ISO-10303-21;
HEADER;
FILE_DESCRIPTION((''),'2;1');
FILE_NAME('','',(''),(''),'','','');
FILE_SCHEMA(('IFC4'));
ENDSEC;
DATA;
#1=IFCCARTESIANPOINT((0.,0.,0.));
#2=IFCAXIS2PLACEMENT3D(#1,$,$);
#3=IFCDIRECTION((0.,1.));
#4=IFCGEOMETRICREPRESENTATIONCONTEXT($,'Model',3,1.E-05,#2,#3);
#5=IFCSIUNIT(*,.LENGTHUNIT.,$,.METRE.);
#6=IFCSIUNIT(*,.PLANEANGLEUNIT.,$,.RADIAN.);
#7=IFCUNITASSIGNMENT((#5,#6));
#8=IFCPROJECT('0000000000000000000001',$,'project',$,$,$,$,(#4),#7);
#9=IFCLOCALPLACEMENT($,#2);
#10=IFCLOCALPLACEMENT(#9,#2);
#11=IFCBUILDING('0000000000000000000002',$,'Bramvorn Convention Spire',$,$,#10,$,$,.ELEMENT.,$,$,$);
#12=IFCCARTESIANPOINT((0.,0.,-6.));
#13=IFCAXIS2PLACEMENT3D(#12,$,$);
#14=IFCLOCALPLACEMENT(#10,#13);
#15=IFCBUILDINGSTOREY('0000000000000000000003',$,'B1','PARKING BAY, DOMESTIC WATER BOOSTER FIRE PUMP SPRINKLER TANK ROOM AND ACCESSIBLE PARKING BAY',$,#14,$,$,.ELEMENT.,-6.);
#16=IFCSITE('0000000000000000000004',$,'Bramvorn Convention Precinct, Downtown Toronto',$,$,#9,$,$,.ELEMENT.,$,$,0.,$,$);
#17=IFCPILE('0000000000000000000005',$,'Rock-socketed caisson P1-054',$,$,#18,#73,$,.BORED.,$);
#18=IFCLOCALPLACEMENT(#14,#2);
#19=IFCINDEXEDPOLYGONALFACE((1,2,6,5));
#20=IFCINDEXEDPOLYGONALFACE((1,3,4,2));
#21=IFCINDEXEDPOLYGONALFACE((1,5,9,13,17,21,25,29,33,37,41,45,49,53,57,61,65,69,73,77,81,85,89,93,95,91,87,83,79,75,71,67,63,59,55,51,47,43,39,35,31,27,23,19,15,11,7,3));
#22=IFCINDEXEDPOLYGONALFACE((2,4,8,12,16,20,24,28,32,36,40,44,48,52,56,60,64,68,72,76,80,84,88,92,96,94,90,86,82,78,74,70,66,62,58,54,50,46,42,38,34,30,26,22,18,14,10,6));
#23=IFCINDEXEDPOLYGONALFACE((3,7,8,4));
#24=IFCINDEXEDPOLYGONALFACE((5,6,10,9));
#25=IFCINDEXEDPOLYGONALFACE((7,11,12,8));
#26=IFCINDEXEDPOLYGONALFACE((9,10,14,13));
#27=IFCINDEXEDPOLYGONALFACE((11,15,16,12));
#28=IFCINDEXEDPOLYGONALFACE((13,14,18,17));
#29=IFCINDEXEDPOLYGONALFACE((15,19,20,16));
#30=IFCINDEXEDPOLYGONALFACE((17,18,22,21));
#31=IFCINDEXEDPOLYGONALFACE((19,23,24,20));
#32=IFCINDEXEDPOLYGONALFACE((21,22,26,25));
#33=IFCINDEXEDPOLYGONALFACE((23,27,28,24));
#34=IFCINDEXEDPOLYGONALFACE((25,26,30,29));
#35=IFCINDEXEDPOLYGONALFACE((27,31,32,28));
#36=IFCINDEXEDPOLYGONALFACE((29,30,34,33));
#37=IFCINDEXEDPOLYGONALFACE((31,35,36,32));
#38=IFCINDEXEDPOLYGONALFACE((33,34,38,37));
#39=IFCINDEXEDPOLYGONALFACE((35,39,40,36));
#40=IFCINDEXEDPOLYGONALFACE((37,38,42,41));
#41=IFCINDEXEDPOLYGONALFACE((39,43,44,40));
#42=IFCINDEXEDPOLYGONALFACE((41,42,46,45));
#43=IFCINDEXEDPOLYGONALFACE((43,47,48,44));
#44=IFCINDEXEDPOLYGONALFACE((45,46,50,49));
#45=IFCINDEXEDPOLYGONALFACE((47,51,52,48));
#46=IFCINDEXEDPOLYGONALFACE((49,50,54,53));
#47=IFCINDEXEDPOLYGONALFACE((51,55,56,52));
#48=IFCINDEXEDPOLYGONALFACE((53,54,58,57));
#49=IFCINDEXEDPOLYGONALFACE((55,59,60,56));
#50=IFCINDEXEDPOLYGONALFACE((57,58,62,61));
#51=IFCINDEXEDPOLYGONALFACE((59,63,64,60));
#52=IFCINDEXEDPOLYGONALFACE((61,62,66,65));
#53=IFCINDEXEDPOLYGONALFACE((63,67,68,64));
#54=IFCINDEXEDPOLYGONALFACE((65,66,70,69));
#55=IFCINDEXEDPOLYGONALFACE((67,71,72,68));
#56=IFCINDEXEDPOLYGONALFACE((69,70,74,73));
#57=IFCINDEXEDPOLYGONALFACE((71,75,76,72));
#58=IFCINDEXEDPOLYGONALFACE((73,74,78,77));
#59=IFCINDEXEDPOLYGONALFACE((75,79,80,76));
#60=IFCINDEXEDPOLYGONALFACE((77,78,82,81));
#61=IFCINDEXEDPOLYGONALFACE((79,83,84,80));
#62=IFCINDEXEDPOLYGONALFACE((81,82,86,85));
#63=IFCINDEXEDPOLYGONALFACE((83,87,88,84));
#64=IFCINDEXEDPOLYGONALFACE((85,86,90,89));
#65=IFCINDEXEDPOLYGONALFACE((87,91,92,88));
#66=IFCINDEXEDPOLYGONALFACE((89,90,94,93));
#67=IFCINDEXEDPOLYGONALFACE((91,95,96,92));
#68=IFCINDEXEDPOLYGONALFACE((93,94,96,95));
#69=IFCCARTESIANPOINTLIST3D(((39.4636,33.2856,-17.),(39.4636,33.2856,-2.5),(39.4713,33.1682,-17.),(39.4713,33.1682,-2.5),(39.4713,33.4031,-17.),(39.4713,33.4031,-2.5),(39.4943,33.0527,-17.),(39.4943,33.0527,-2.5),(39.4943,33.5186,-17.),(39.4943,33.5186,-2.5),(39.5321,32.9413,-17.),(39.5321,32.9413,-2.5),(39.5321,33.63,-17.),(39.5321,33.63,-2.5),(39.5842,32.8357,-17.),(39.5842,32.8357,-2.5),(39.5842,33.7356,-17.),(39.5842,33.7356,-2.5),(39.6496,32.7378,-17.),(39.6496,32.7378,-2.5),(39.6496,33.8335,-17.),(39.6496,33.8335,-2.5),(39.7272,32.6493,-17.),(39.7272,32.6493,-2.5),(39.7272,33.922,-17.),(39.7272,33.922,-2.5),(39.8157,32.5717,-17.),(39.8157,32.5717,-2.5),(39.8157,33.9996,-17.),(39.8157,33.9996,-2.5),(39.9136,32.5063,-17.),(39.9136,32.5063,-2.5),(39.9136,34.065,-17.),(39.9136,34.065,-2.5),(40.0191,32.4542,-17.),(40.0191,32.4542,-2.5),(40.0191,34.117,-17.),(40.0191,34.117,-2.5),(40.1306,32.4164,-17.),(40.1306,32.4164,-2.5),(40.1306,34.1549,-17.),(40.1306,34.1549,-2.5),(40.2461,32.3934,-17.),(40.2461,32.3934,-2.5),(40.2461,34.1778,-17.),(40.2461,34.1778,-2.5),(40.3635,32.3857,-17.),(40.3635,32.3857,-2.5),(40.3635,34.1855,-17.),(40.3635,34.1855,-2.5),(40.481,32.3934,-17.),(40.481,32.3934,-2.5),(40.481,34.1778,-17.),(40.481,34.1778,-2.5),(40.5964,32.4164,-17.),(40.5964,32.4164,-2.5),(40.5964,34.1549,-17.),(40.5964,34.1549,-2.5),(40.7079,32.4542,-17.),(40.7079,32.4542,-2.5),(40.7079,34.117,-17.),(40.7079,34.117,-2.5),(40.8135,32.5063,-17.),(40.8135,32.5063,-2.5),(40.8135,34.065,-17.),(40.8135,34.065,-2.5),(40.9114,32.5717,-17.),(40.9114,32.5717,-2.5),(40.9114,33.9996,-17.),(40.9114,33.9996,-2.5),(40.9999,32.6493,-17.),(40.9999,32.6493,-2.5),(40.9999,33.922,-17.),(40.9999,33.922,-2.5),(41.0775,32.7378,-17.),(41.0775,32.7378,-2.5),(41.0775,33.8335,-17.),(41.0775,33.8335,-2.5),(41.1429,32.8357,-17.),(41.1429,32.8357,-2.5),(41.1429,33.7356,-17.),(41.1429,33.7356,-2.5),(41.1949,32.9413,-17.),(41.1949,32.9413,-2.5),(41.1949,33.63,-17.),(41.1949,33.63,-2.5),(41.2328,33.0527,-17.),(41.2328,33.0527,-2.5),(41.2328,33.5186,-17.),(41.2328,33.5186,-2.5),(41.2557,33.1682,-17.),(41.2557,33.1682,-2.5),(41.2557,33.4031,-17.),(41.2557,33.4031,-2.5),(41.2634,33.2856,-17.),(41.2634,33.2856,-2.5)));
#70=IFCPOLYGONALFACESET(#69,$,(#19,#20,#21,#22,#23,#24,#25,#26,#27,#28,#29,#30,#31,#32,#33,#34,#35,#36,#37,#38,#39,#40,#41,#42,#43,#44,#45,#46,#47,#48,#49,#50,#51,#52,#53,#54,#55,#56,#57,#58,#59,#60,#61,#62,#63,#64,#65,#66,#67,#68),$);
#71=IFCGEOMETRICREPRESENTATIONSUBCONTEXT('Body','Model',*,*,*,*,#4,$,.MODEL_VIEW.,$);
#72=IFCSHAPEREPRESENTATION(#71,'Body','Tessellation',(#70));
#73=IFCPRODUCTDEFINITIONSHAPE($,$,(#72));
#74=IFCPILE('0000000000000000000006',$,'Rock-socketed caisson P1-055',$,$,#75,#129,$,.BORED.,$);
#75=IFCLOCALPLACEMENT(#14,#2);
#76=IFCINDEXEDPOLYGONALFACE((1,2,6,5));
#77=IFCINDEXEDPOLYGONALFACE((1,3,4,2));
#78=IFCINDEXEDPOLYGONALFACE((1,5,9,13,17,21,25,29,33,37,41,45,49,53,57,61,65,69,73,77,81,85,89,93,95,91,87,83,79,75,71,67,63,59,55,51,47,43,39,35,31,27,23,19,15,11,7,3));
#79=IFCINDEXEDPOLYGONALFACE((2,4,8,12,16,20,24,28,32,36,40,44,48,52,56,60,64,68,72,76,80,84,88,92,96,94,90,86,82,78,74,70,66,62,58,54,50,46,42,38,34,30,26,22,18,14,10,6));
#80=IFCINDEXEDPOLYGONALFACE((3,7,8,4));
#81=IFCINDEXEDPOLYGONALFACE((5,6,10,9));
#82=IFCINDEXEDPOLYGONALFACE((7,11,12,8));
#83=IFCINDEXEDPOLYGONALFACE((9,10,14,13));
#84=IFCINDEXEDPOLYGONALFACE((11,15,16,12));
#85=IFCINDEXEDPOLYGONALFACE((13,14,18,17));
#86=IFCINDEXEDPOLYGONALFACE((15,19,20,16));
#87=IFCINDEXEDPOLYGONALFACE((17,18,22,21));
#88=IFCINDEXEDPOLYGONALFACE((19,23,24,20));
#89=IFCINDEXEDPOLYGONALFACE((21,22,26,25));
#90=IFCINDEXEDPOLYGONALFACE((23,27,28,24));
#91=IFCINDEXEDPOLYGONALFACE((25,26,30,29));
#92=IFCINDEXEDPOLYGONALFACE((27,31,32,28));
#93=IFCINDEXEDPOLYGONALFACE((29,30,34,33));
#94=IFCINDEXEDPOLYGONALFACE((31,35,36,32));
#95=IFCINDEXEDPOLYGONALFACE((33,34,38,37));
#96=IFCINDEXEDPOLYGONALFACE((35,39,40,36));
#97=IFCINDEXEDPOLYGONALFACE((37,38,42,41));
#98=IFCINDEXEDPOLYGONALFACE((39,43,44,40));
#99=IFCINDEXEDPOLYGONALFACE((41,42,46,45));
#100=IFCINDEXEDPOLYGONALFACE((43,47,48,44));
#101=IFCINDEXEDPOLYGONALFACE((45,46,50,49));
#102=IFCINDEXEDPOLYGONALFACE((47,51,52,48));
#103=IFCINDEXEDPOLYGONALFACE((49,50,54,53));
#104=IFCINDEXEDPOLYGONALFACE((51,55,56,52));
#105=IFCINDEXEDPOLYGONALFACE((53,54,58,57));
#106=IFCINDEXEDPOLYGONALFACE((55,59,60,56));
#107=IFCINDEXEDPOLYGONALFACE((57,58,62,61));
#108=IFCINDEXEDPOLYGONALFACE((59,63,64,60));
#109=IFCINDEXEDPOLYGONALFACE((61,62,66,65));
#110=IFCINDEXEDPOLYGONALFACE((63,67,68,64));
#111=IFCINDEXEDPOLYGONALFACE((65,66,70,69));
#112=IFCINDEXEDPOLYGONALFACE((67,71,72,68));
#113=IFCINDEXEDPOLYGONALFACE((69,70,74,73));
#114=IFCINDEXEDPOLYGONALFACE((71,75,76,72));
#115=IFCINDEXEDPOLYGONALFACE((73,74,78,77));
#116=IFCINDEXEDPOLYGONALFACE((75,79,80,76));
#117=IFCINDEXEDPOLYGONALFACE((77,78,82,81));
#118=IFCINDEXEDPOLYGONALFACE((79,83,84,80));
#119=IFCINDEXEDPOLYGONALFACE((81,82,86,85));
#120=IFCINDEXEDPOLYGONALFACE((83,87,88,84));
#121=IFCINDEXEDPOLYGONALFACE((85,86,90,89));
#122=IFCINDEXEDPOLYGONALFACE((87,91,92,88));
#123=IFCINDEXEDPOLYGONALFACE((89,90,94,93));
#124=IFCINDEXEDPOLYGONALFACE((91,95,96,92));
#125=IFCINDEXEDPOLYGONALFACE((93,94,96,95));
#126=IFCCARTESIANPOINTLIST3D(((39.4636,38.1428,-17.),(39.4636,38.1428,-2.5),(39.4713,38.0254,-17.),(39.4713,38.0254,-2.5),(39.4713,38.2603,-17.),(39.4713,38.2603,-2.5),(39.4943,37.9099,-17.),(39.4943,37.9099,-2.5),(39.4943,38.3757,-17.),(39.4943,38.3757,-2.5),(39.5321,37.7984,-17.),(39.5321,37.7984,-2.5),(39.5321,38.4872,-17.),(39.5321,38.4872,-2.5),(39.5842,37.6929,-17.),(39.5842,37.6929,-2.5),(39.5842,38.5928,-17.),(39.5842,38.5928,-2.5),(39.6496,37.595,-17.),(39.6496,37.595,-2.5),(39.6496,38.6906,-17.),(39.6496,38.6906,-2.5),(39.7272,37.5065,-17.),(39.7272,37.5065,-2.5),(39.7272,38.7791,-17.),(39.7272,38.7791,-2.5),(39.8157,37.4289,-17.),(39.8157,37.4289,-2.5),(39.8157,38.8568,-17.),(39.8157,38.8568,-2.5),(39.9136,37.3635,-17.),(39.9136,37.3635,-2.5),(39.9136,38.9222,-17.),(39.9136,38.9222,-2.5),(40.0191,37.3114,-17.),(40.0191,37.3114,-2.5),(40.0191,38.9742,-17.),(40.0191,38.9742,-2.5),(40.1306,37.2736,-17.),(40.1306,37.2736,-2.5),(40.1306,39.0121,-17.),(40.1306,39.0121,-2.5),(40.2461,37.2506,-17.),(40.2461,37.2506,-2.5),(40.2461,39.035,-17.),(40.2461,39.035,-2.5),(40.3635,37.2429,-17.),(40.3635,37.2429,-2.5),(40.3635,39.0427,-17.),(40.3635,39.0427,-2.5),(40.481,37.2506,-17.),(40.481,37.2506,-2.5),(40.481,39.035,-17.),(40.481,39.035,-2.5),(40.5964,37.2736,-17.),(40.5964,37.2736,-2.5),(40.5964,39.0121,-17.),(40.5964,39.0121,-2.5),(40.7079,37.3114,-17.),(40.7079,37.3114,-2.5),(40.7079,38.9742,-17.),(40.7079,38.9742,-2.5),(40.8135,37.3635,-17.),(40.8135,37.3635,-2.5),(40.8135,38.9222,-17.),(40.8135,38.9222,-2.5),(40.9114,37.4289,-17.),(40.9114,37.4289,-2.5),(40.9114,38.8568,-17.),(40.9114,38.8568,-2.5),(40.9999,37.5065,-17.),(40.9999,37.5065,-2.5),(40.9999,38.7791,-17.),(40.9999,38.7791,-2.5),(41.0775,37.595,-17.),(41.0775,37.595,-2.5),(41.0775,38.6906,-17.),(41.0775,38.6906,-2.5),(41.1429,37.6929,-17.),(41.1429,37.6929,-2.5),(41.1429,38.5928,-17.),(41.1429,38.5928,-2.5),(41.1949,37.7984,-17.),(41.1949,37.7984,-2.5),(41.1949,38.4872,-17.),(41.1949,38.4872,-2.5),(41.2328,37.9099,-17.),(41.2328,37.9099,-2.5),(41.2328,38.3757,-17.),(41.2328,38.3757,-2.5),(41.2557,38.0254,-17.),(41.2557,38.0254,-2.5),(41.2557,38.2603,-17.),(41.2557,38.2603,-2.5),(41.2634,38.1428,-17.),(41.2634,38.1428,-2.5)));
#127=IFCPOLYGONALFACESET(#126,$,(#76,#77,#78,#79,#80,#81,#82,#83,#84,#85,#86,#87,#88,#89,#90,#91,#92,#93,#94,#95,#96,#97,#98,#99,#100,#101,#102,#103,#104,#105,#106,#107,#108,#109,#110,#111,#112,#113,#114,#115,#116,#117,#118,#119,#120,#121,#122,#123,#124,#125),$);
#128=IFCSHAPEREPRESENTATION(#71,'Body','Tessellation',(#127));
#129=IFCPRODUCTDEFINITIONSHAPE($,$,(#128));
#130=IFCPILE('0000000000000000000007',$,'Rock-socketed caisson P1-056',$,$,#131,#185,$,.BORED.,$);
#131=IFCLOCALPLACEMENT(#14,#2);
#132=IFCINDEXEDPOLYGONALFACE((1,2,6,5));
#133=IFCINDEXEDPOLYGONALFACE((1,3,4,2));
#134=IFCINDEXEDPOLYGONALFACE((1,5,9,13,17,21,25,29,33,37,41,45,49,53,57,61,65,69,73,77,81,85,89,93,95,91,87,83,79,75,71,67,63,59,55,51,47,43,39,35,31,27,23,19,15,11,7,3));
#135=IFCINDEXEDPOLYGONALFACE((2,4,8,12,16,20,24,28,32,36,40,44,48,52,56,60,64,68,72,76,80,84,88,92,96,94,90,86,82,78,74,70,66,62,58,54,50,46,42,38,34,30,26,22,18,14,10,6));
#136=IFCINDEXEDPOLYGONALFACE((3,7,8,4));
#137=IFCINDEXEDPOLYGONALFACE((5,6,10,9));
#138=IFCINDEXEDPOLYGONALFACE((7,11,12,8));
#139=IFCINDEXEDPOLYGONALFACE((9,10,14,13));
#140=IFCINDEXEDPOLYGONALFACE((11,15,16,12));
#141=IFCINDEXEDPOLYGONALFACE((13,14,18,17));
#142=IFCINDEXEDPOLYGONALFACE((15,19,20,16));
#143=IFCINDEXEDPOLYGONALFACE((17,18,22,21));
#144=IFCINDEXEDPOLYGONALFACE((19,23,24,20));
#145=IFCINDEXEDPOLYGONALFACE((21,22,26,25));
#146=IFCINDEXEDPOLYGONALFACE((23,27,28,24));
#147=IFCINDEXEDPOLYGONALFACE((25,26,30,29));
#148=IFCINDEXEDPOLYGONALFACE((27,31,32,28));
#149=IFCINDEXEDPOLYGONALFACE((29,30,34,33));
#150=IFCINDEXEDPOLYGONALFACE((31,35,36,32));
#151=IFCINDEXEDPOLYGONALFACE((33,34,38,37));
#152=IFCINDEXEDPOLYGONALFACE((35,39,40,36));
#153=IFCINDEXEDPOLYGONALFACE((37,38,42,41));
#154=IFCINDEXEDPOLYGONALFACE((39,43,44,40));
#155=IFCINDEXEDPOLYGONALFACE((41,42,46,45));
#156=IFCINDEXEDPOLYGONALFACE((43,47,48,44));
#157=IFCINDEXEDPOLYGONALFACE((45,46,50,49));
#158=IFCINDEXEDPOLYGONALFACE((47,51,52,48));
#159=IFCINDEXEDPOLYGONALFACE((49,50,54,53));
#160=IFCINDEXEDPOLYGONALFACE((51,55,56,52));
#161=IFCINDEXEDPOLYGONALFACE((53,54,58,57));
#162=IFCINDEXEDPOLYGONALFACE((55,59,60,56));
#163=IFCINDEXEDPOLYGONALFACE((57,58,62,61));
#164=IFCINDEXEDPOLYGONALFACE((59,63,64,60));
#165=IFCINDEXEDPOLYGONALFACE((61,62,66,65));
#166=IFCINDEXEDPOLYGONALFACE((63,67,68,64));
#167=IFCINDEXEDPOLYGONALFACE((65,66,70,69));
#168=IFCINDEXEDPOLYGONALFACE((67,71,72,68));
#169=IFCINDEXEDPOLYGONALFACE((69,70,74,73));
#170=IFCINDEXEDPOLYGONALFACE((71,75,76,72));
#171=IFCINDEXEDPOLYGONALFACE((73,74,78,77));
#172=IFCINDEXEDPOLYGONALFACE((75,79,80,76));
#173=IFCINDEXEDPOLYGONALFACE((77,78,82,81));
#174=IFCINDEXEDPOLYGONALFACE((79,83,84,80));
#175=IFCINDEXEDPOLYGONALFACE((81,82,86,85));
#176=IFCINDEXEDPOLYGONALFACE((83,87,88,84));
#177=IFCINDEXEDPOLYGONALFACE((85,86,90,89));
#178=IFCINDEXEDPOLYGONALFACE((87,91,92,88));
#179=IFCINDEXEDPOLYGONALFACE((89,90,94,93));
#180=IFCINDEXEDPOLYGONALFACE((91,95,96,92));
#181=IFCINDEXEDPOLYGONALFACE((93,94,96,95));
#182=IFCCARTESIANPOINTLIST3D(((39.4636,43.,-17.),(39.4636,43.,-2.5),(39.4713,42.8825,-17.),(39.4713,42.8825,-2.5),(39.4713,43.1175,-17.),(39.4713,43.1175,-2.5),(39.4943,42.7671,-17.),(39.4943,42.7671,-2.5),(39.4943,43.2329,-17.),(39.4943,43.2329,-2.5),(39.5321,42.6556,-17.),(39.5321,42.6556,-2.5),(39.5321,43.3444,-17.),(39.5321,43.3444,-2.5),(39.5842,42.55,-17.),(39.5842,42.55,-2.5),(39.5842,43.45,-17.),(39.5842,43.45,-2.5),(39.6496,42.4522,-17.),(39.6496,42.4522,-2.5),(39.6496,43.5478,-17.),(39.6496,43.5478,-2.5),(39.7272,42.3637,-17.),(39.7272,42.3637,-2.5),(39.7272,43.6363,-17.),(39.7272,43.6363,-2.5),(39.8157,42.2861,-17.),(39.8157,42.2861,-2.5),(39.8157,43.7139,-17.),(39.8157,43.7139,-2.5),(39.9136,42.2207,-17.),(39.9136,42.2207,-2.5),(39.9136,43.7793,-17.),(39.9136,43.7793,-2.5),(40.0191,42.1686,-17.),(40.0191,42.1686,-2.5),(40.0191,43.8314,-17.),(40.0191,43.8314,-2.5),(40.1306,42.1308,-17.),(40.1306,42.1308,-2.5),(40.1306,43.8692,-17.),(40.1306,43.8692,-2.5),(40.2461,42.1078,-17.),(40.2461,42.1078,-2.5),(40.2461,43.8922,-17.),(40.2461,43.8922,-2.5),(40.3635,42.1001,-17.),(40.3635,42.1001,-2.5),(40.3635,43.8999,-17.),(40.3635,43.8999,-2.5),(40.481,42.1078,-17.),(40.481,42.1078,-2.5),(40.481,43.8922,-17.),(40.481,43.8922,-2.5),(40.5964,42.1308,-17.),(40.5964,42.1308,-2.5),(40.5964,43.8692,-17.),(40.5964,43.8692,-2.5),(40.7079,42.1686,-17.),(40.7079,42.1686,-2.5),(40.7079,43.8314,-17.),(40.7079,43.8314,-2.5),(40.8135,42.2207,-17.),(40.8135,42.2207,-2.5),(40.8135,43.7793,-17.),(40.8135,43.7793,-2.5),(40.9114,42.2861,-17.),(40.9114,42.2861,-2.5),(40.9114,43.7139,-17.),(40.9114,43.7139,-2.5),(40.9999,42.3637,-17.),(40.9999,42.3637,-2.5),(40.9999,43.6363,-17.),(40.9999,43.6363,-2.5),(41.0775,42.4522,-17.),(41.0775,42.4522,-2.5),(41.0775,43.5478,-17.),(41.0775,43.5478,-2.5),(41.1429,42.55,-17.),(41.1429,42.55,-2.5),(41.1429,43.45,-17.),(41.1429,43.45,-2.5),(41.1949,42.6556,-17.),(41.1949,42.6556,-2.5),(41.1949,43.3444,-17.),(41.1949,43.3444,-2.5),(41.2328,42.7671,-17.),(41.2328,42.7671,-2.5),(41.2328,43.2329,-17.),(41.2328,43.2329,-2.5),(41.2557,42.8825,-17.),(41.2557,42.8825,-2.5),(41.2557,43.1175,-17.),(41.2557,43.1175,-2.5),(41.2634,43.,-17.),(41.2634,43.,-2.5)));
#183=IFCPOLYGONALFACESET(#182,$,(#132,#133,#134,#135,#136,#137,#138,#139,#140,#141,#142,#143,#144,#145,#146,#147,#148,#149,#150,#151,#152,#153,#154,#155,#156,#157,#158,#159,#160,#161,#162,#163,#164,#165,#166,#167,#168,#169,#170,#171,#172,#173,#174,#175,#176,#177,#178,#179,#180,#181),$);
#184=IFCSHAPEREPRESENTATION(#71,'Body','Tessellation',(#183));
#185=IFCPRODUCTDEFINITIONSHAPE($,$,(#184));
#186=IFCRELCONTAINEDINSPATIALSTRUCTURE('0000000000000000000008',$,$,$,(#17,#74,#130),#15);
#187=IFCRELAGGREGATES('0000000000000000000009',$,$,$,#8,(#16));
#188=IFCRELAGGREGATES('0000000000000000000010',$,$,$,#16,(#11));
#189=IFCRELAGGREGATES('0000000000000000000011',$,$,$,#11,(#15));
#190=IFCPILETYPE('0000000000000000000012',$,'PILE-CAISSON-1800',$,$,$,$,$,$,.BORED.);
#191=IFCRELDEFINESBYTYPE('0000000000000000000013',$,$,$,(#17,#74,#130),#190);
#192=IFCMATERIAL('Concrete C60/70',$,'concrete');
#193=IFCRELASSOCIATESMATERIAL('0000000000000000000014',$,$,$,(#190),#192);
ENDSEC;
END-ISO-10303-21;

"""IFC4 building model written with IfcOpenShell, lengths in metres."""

from ifc_helpers import new_model, si_unit, direction, frame, origin, origin_2d, place, context, subcontext, project, spatial, circle, extrude, material, material_profile, profile_set, type_object, element, save


model = new_model("IFC4")

# Units and contexts
model_context = context("Model", 3, precision=1e-05, world=origin(), true_north=direction((0.0, 1.0)))
body_context = subcontext(model_context, "Body", "Model", "MODEL_VIEW")
ifc_project = project(units=[si_unit("LENGTHUNIT", "METRE"), si_unit("PLANEANGLEUNIT", "RADIAN")], contexts=[model_context])

# Site, building, storey
site_placement = place(None, origin())
site = spatial("IfcSite", under=ifc_project, at=site_placement, Name="Bramvorn Convention Precinct, Downtown Toronto", CompositionType="ELEMENT", RefElevation=0.0)
building_placement = place(site_placement, origin())
building = spatial("IfcBuilding", under=site, at=building_placement, Name="Bramvorn Convention Spire", CompositionType="ELEMENT")
storey_placement = place(building_placement, frame((0.0, 0.0, -6.0)))
storey = spatial("IfcBuildingStorey", under=building, at=storey_placement, Name="B1", Description="PARKING BAY, DOMESTIC WATER BOOSTER FIRE PUMP SPRINKLER TANK ROOM AND ACCESSIBLE PARKING BAY", CompositionType="ELEMENT", Elevation=-6.0)

# Shared definitions
ifc_material_1 = material(Name="Concrete C60/70", Category="concrete")

# Piles
ifc_material_profile_1 = material_profile(ifc_material_1, circle(Radius=0.8999, at=origin_2d()))
ifc_profile_set_1 = profile_set([ifc_material_profile_1], Name="Concrete C60/70 - CAISSON1800")
pile_type_1 = type_object("IfcPileType", Name="PILE-CAISSON-1800", PredefinedType="BORED", material=ifc_profile_set_1)
for number, where, z_axis, x_axis, name in (
    (1, (40.3635, 33.2856, -2.5), (0.0, 0.0, -1.0), (1.0, 0.0, 0.0), "Rock-socketed caisson P1-054"),
    (2, (40.3635, 38.1428, -2.5), (0.0, 0.0, -1.0), (1.0, 0.0, 0.0), "Rock-socketed caisson P1-055"),
    (3, (40.3635, 43.0, -2.5), (0.0, 0.0, -1.0), (1.0, 0.0, 0.0), "Rock-socketed caisson P1-056"),
):
    element("IfcPile", number, at=place(storey_placement, frame(where, z_axis=z_axis, x_axis=x_axis)), inside=storey, type_object=pile_type_1, Name=name, PredefinedType="BORED", context=body_context, shape_type="SweptSolid", body=[
        extrude(circle(Radius=0.8999, at=origin_2d()), origin(), (0.0, 0.0, 1.0), 14.5),
    ])

save(model, "model.ifc")
